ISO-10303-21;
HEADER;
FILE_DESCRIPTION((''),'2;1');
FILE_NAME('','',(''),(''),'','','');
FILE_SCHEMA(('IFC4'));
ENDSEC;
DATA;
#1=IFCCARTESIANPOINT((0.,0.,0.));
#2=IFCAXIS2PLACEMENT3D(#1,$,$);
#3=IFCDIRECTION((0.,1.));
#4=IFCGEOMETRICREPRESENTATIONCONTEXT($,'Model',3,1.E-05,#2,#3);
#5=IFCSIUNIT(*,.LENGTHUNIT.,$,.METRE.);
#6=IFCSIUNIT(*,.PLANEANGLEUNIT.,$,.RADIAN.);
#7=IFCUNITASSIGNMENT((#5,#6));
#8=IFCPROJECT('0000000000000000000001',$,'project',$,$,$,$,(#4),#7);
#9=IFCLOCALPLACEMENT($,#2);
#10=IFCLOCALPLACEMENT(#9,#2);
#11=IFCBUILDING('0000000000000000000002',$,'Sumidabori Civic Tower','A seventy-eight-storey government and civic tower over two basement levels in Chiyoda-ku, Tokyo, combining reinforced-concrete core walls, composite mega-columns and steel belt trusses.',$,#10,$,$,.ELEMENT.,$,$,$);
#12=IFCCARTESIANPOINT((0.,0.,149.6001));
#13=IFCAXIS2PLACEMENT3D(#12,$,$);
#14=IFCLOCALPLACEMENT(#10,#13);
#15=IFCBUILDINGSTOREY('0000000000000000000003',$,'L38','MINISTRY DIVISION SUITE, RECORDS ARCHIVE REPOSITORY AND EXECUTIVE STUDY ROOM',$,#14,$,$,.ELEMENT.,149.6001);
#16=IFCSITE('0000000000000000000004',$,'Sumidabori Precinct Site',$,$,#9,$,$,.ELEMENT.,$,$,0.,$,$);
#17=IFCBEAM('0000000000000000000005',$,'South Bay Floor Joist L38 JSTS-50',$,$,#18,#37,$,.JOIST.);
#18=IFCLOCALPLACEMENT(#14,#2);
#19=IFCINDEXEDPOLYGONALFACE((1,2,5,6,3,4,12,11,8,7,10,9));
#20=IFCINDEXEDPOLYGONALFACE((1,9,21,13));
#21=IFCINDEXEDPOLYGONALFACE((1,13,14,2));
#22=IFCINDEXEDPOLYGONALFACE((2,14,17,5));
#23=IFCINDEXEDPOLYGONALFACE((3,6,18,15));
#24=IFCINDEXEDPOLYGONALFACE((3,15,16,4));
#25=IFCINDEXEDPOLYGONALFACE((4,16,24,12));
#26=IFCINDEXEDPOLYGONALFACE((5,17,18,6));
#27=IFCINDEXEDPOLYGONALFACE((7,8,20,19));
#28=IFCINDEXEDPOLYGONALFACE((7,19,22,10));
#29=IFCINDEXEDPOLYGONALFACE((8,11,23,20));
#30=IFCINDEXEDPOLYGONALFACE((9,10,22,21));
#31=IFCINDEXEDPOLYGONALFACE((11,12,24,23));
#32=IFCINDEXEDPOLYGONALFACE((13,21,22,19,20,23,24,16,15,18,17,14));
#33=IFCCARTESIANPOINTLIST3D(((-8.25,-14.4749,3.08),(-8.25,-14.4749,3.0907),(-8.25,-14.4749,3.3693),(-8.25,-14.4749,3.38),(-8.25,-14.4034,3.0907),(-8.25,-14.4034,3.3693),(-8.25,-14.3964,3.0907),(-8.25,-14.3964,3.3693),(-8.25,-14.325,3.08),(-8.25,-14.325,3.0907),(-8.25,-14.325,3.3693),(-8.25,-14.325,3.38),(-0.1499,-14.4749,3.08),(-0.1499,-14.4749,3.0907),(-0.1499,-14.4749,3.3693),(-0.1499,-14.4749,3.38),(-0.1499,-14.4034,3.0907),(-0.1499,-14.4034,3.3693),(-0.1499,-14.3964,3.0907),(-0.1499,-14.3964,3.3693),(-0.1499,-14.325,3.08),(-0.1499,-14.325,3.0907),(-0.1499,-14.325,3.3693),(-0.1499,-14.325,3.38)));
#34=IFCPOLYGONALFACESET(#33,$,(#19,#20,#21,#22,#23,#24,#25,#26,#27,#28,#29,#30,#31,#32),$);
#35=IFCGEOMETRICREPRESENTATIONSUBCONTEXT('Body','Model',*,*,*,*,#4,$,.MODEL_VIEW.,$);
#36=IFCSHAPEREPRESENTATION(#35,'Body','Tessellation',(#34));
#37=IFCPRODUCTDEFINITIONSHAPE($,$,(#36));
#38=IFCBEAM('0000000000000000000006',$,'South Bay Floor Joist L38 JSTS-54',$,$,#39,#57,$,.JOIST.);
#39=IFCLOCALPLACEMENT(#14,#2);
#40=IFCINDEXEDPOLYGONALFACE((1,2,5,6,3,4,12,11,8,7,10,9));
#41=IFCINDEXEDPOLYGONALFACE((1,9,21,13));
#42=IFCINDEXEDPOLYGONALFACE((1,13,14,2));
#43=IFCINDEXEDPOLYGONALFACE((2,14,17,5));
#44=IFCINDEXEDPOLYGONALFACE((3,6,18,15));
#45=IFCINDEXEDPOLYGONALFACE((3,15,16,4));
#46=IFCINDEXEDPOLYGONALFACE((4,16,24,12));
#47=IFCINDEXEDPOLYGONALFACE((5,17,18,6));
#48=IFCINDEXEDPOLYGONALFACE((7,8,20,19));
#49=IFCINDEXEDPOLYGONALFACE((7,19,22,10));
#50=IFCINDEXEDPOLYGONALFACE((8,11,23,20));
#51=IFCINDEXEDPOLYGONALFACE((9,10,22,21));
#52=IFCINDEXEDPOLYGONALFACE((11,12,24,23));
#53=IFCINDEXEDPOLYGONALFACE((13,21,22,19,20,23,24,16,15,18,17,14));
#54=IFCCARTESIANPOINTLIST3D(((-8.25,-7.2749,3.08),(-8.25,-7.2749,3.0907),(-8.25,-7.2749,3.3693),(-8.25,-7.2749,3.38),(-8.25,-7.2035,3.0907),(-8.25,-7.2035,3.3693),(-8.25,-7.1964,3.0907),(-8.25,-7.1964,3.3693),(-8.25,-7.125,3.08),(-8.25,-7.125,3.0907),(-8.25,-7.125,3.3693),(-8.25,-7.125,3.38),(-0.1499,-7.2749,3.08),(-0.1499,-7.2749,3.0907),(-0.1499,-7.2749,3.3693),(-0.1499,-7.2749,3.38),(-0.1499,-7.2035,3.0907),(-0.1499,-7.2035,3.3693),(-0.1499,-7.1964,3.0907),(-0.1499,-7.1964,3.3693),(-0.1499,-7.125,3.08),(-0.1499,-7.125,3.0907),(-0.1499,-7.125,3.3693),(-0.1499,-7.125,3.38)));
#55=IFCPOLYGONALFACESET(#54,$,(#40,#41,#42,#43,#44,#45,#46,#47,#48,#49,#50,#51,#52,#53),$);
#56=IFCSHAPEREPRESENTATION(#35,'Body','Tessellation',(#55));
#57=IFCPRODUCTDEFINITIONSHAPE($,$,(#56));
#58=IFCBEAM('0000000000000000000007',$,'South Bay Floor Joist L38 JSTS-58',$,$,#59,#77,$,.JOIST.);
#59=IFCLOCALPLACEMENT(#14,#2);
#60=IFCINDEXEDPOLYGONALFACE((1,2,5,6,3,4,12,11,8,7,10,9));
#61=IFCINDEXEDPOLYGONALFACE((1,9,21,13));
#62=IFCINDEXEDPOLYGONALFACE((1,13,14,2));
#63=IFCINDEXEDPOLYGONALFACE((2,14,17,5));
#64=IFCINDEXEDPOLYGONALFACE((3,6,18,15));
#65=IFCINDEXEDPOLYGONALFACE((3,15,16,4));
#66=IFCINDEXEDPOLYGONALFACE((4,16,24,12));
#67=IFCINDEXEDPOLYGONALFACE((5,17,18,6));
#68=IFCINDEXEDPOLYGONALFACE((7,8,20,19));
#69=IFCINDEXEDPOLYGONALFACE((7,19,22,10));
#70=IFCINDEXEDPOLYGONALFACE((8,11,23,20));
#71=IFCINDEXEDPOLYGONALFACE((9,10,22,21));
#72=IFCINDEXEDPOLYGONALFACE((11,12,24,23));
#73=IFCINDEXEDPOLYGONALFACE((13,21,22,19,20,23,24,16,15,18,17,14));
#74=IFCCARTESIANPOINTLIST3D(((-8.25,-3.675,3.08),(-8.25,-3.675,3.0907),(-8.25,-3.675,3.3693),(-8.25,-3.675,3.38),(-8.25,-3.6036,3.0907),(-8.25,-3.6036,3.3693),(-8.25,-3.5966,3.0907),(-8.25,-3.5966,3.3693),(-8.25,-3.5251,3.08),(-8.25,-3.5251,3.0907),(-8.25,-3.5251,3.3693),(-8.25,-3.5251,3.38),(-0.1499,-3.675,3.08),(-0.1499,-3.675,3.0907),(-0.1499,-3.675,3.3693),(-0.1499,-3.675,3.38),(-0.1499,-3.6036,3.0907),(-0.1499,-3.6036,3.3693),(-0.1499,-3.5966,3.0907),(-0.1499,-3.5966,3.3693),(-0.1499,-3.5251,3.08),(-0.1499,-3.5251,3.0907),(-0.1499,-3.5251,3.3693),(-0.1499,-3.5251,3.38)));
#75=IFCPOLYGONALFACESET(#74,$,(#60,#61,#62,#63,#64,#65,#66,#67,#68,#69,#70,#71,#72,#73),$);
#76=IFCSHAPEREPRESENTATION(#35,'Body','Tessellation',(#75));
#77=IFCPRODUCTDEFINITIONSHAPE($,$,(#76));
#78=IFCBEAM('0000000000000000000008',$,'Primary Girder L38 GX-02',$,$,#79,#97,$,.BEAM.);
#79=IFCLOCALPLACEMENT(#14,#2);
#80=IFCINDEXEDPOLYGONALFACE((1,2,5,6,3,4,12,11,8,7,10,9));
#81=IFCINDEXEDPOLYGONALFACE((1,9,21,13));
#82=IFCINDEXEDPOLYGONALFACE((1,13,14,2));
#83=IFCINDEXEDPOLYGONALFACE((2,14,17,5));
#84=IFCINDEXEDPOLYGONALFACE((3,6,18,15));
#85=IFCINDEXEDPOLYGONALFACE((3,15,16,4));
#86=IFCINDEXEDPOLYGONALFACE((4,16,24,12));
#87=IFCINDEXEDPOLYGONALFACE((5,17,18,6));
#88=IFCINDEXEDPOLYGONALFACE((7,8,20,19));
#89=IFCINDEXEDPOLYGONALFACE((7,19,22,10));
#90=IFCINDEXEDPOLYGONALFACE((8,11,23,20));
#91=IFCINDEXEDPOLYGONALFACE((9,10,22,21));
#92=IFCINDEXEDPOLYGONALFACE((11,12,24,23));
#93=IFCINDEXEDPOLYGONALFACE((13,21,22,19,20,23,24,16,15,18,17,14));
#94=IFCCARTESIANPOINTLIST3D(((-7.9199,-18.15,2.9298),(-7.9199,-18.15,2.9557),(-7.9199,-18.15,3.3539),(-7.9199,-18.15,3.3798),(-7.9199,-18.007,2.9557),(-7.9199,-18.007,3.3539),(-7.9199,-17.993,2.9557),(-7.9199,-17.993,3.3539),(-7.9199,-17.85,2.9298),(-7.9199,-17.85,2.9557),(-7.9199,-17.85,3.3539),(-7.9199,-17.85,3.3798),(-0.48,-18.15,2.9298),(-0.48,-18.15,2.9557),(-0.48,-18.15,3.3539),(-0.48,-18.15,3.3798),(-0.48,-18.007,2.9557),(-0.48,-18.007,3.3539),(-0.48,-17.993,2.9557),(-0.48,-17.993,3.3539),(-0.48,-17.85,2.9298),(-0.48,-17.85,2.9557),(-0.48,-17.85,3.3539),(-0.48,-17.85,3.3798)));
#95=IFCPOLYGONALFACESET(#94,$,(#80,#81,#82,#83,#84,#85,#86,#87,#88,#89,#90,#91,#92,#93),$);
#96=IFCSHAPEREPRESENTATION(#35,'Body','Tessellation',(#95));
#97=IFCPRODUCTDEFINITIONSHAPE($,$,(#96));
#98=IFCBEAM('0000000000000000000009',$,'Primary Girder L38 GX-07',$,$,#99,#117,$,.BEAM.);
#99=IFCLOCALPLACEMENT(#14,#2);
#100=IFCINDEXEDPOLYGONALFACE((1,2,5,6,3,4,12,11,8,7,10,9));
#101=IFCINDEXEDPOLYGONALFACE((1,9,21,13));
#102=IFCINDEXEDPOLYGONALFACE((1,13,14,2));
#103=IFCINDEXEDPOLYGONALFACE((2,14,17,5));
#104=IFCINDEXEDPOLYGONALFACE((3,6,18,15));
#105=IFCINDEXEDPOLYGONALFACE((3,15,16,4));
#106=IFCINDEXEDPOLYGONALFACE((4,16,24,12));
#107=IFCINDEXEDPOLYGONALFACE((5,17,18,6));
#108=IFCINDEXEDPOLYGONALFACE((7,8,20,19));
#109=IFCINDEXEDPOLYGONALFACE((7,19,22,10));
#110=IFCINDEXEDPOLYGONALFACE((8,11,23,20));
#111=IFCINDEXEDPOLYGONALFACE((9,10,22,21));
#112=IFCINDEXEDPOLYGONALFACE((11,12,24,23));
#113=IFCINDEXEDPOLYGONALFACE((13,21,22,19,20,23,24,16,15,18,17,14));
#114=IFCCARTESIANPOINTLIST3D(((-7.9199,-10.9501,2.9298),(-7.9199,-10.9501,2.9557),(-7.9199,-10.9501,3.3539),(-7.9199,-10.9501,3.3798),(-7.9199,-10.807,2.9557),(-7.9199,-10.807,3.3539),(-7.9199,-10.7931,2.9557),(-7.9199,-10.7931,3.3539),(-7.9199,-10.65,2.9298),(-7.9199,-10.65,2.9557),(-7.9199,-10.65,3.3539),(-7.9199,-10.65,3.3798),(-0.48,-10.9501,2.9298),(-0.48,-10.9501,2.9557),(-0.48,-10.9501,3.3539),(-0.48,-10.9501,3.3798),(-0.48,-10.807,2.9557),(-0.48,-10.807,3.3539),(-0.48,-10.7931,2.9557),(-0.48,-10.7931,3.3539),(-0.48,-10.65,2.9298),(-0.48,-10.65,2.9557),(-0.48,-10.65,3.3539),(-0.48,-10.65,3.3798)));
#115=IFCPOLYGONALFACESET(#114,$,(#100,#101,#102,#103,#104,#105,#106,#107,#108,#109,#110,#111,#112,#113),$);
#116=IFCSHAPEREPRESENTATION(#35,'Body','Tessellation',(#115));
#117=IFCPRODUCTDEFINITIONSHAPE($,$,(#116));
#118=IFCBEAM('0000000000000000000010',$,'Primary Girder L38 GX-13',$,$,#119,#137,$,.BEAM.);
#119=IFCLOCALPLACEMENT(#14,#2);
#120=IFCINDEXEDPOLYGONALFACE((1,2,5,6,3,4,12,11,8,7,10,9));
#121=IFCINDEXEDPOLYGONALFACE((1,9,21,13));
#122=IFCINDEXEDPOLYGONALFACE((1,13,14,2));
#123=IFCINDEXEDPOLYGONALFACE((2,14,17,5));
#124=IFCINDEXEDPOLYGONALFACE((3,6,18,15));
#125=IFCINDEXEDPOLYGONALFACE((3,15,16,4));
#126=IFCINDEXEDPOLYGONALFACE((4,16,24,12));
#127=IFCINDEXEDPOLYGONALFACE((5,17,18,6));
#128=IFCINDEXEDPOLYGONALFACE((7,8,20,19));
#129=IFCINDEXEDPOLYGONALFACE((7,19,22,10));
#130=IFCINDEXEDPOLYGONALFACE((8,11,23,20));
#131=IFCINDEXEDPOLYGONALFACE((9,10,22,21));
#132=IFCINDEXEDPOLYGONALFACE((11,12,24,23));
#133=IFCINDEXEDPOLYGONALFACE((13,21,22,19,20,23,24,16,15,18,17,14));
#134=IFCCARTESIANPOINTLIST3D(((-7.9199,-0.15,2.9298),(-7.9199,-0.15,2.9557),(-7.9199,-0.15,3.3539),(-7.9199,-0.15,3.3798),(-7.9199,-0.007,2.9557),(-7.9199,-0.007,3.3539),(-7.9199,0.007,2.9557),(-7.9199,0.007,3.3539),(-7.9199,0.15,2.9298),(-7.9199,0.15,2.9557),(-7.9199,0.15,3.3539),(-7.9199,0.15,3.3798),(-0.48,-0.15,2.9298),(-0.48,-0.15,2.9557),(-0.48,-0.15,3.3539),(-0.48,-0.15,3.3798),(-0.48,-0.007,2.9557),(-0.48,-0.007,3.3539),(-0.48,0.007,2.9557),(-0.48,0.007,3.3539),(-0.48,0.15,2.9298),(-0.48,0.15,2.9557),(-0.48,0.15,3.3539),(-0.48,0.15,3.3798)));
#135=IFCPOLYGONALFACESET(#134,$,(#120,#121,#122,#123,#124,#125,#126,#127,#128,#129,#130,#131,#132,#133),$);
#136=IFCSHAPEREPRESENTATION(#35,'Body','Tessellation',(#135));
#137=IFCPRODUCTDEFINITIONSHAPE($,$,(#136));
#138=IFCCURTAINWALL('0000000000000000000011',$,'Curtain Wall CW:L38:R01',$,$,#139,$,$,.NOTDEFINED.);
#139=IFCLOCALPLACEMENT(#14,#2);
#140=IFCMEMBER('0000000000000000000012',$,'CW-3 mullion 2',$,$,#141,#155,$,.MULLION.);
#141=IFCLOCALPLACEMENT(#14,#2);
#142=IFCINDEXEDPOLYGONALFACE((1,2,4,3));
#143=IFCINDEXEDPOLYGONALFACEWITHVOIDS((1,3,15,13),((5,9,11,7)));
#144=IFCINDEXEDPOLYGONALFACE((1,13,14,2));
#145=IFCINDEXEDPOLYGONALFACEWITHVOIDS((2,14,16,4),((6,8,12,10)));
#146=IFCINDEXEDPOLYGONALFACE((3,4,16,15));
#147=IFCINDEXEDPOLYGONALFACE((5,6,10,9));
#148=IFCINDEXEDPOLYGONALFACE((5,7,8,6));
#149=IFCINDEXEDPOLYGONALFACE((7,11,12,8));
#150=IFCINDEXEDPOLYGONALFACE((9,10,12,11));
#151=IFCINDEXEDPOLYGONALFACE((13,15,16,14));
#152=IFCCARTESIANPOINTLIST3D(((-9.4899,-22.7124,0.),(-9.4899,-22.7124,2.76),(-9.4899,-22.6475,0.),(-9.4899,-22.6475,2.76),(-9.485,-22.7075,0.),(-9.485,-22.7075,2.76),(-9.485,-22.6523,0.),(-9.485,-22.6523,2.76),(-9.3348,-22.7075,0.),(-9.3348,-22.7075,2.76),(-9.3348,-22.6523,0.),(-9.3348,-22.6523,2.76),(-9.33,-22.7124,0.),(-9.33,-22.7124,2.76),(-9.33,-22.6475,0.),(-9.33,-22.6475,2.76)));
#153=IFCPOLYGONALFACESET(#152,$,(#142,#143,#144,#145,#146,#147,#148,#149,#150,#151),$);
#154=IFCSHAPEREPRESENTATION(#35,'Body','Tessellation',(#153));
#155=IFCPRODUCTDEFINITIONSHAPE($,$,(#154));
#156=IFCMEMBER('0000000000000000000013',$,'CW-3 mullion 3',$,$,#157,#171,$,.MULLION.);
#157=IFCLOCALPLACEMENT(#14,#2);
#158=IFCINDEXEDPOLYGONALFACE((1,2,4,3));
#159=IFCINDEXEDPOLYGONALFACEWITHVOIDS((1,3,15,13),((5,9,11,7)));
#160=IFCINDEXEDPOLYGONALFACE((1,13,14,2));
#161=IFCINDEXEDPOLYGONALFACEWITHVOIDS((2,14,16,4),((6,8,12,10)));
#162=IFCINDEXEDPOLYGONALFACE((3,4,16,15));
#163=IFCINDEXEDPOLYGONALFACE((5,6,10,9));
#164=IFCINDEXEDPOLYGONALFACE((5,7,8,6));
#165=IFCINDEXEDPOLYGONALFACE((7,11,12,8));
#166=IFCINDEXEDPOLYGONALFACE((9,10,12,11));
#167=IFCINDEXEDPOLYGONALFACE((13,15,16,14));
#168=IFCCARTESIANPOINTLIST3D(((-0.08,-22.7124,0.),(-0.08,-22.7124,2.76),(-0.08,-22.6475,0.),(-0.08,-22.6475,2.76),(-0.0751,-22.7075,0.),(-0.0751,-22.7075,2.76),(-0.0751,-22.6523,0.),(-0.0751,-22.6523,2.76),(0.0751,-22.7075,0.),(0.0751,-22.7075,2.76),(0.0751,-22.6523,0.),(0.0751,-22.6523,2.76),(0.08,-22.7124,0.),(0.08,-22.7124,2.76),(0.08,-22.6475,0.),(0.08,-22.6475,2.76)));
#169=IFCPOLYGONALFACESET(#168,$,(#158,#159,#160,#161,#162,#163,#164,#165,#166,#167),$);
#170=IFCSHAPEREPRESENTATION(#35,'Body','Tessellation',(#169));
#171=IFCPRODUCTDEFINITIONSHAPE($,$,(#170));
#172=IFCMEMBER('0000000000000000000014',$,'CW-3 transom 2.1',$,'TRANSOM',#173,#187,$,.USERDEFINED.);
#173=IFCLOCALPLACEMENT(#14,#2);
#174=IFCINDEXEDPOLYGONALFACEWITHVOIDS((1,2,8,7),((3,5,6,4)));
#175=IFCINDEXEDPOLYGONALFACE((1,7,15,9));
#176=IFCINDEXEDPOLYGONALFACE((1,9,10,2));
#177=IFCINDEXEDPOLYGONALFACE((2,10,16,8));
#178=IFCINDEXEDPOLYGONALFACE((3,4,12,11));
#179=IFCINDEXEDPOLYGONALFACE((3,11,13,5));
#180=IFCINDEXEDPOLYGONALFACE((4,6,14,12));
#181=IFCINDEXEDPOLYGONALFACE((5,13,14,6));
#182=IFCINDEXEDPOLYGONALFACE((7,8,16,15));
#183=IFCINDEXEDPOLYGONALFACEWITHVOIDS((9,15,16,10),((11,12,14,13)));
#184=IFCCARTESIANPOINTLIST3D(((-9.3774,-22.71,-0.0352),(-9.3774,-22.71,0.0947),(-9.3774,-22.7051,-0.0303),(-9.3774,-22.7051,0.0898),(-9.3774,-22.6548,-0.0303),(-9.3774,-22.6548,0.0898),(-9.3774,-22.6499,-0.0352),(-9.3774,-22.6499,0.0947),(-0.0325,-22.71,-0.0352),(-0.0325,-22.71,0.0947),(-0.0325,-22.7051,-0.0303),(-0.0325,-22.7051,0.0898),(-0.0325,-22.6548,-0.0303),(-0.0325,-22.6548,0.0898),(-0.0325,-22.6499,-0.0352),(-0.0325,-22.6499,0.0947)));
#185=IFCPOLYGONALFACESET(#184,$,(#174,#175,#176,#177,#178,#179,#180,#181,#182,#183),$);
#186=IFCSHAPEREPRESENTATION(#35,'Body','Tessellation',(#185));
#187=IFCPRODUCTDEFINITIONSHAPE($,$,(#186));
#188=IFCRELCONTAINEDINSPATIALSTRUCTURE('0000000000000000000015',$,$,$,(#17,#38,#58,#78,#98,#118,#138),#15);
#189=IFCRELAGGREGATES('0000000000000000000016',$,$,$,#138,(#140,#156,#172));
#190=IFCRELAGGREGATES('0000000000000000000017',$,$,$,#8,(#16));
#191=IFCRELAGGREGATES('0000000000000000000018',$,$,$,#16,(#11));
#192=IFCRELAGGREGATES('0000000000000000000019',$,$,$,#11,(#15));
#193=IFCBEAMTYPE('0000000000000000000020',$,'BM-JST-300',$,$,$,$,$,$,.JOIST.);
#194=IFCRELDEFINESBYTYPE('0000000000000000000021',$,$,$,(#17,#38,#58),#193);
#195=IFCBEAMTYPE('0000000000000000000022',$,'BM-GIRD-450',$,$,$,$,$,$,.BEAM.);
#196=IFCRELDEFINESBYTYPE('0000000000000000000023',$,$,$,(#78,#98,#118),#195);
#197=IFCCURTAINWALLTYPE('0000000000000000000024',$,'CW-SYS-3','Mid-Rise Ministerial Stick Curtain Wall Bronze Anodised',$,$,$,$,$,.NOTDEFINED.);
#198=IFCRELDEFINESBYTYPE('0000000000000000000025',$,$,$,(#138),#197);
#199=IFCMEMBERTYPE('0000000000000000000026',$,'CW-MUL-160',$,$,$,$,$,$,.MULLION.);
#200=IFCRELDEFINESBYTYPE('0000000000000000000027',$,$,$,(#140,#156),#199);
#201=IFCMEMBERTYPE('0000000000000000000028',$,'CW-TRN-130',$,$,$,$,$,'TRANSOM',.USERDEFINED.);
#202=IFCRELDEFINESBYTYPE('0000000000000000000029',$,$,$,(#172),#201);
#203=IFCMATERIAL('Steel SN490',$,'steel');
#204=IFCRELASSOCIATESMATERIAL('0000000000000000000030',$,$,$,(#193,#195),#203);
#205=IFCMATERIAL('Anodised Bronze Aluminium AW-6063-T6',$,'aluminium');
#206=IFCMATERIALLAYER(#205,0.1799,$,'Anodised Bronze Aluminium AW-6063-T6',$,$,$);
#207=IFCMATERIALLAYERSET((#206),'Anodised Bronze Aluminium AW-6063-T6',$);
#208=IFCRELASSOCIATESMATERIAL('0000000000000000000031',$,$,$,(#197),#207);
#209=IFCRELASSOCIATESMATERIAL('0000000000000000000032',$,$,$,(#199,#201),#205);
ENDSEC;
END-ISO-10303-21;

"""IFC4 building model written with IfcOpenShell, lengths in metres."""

from ifc_helpers import new_model, si_unit, direction, frame, origin, origin_2d, place, context, subcontext, project, spatial, hollow_rectangle, i_section, extrude, source, transform, mapped, material, layer, layer_set, material_profile, profile_set, type_object, element, aggregate, save


model = new_model("IFC4")

# Units and contexts
model_context = context("Model", 3, precision=1e-05, world=origin(), true_north=direction((0.0, 1.0)))
body_context = subcontext(model_context, "Body", "Model", "MODEL_VIEW")
ifc_project = project(units=[si_unit("LENGTHUNIT", "METRE"), si_unit("PLANEANGLEUNIT", "RADIAN")], contexts=[model_context])

# Site, building, storey
site_placement = place(None, origin())
site = spatial("IfcSite", under=ifc_project, at=site_placement, Name="Sumidabori Precinct Site", CompositionType="ELEMENT", RefElevation=0.0)
building_placement = place(site_placement, origin())
building = spatial("IfcBuilding", under=site, at=building_placement, Name="Sumidabori Civic Tower", Description="A seventy-eight-storey government and civic tower over two basement levels in Chiyoda-ku, Tokyo, combining reinforced-concrete core walls, composite mega-columns and steel belt trusses.", CompositionType="ELEMENT")
storey_placement = place(building_placement, frame((0.0, 0.0, 149.6001)))
storey = spatial("IfcBuildingStorey", under=building, at=storey_placement, Name="L38", Description="MINISTRY DIVISION SUITE, RECORDS ARCHIVE REPOSITORY AND EXECUTIVE STUDY ROOM", CompositionType="ELEMENT", Elevation=149.6001)

# Beams
ifc_material_1 = material(Name="Steel SN490", Category="steel")
ifc_material_profile_1 = material_profile(ifc_material_1, i_section(OverallWidth=0.1499, OverallDepth=0.3, WebThickness=0.0071, FlangeThickness=0.0107, at=origin_2d()), Name="IPE 300")
ifc_profile_set_1 = profile_set([ifc_material_profile_1], Name="Steel SN490")
beam_type_1 = type_object("IfcBeamType", Name="BM-JST-300", PredefinedType="JOIST", material=ifc_profile_set_1)
shared_shape_1 = source(origin(), body_context, "Body", "SweptSolid", [
    extrude(i_section(OverallWidth=0.1499, OverallDepth=0.3, WebThickness=0.0071, FlangeThickness=0.0107, at=origin_2d()), origin(), (0.0, 0.0, 1.0), 8.1001),
])
for number, where, z_axis, x_axis, name in (
    (1, (-8.25, -14.3999, 3.23), (1.0, 0.0, 0.0), (0.0, 1.0, 0.0), "South Bay Floor Joist L38 JSTS-50"),
    (2, (-8.25, -7.2, 3.23), (1.0, 0.0, 0.0), (0.0, 1.0, 0.0), "South Bay Floor Joist L38 JSTS-54"),
    (3, (-8.25, -3.6001, 3.23), (1.0, 0.0, 0.0), (0.0, 1.0, 0.0), "South Bay Floor Joist L38 JSTS-58"),
):
    element("IfcBeam", number, at=place(storey_placement, frame(where, z_axis=z_axis, x_axis=x_axis)), inside=storey, type_object=beam_type_1, Name=name, PredefinedType="JOIST", context=body_context, shape_type="MappedRepresentation", body=[
        mapped(shared_shape_1, transform((0.0, 0.0, 0.0), x_axis=(1.0, 0.0, 0.0), y_axis=(0.0, 1.0, 0.0), z_axis=(0.0, 0.0, 1.0), scale=1.0)),
    ])
ifc_material_profile_2 = material_profile(ifc_material_1, i_section(OverallWidth=0.3, OverallDepth=0.45, WebThickness=0.0139, FlangeThickness=0.0259, at=origin_2d()), Name="HE 450 B")
ifc_profile_set_2 = profile_set([ifc_material_profile_2], Name="Steel SN490")
beam_type_2 = type_object("IfcBeamType", Name="BM-GIRD-450", PredefinedType="BEAM", material=ifc_profile_set_2)
shared_shape_2 = source(origin(), body_context, "Body", "SweptSolid", [
    extrude(i_section(OverallWidth=0.3, OverallDepth=0.45, WebThickness=0.0139, FlangeThickness=0.0259, at=origin_2d()), origin(), (0.0, 0.0, 1.0), 7.4399),
])
for number, where, z_axis, x_axis, name in (
    (4, (-7.9199, -18.0, 3.1548), (1.0, 0.0, 0.0), (0.0, 1.0, 0.0), "Primary Girder L38 GX-02"),
    (5, (-7.9199, -10.8, 3.1548), (1.0, 0.0, 0.0), (0.0, 1.0, 0.0), "Primary Girder L38 GX-07"),
    (6, (-7.9199, 0.0, 3.1548), (1.0, 0.0, 0.0), (0.0, 1.0, 0.0), "Primary Girder L38 GX-13"),
):
    element("IfcBeam", number, at=place(storey_placement, frame(where, z_axis=z_axis, x_axis=x_axis)), inside=storey, type_object=beam_type_2, Name=name, PredefinedType="BEAM", context=body_context, shape_type="MappedRepresentation", body=[
        mapped(shared_shape_2, transform((0.0, 0.0, 0.0), x_axis=(1.0, 0.0, 0.0), y_axis=(0.0, 1.0, 0.0), z_axis=(0.0, 0.0, 1.0), scale=1.0)),
    ])

# Curtain wall, members
ifc_material_2 = material(Name="Anodised Bronze Aluminium AW-6063-T6", Category="aluminium")
ifc_layer_1 = layer(ifc_material_2, 0.1799, Name="Anodised Bronze Aluminium AW-6063-T6")
ifc_layer_set_1 = layer_set([ifc_layer_1], Name="Anodised Bronze Aluminium AW-6063-T6")
curtain_wall_type = type_object("IfcCurtainWallType", Name="CW-SYS-3", Description="Mid-Rise Ministerial Stick Curtain Wall Bronze Anodised", PredefinedType="NOTDEFINED", material=ifc_layer_set_1)
curtain_wall_placement = place(storey_placement, origin())
curtain_wall = element("IfcCurtainWall", 7, at=curtain_wall_placement, inside=storey, type_object=curtain_wall_type, Name="Curtain Wall CW:L38:R01", PredefinedType="NOTDEFINED")
ifc_material_profile_3 = material_profile(ifc_material_2, hollow_rectangle(XDim=0.0649, YDim=0.1599, WallThickness=0.0049, at=origin_2d()), Name="ALU MULLION 160x65")
ifc_profile_set_3 = profile_set([ifc_material_profile_3], Name="Anodised Bronze Aluminium AW-6063-T6")
member_type_1 = type_object("IfcMemberType", Name="CW-MUL-160", PredefinedType="MULLION", material=ifc_profile_set_3)
shared_shape_3 = source(origin(), body_context, "Body", "SweptSolid", [
    extrude(hollow_rectangle(XDim=0.0649, YDim=0.1599, WallThickness=0.0049, at=origin_2d()), origin(), (0.0, 0.0, 1.0), 2.76),
])
member_1_placement = place(storey_placement, frame((-9.4099, -22.6799, 0.0), z_axis=(0.0, 0.0, 1.0), x_axis=(0.0, 1.0, 0.0)))
member_1 = element("IfcMember", 8, at=member_1_placement, type_object=member_type_1, Name="CW-3 mullion 2", PredefinedType="MULLION", context=body_context, shape_type="MappedRepresentation", body=[
    mapped(shared_shape_3, transform((0.0, 0.0, 0.0), x_axis=(1.0, 0.0, 0.0), y_axis=(0.0, 1.0, 0.0), z_axis=(0.0, 0.0, 1.0), scale=1.0)),
])
member_2_placement = place(storey_placement, frame((0.0, -22.6799, 0.0), z_axis=(0.0, 0.0, 1.0), x_axis=(0.0, 1.0, 0.0)))
member_2 = element("IfcMember", 9, at=member_2_placement, type_object=member_type_1, Name="CW-3 mullion 3", PredefinedType="MULLION", context=body_context, shape_type="MappedRepresentation", body=[
    mapped(shared_shape_3, transform((0.0, 0.0, 0.0), x_axis=(1.0, 0.0, 0.0), y_axis=(0.0, 1.0, 0.0), z_axis=(0.0, 0.0, 1.0), scale=1.0)),
])
ifc_material_profile_4 = material_profile(ifc_material_2, hollow_rectangle(XDim=0.0601, YDim=0.1299, WallThickness=0.0049, at=origin_2d()), Name="ALU TRANSOM 130x60")
ifc_profile_set_4 = profile_set([ifc_material_profile_4], Name="Anodised Bronze Aluminium AW-6063-T6")
member_type_2 = type_object("IfcMemberType", Name="CW-TRN-130", ElementType="TRANSOM", PredefinedType="USERDEFINED", material=ifc_profile_set_4)
shared_shape_4 = source(origin(), body_context, "Body", "SweptSolid", [
    extrude(hollow_rectangle(XDim=0.0601, YDim=0.1299, WallThickness=0.0049, at=origin_2d()), origin(), (0.0, 0.0, 1.0), 9.345),
])
member_3_placement = place(storey_placement, frame((-9.3774, -22.6799, 0.0298), z_axis=(1.0, 0.0, 0.0), x_axis=(0.0, 1.0, 0.0)))
member_3 = element("IfcMember", 10, at=member_3_placement, type_object=member_type_2, Name="CW-3 transom 2.1", ObjectType="TRANSOM", PredefinedType="USERDEFINED", context=body_context, shape_type="MappedRepresentation", body=[
    mapped(shared_shape_4, transform((0.0, 0.0, 0.0), x_axis=(1.0, 0.0, 0.0), y_axis=(0.0, 1.0, 0.0), z_axis=(0.0, 0.0, 1.0), scale=1.0)),
])

aggregate(curtain_wall, [member_1, member_2, member_3])

save(model, "model.ifc")
